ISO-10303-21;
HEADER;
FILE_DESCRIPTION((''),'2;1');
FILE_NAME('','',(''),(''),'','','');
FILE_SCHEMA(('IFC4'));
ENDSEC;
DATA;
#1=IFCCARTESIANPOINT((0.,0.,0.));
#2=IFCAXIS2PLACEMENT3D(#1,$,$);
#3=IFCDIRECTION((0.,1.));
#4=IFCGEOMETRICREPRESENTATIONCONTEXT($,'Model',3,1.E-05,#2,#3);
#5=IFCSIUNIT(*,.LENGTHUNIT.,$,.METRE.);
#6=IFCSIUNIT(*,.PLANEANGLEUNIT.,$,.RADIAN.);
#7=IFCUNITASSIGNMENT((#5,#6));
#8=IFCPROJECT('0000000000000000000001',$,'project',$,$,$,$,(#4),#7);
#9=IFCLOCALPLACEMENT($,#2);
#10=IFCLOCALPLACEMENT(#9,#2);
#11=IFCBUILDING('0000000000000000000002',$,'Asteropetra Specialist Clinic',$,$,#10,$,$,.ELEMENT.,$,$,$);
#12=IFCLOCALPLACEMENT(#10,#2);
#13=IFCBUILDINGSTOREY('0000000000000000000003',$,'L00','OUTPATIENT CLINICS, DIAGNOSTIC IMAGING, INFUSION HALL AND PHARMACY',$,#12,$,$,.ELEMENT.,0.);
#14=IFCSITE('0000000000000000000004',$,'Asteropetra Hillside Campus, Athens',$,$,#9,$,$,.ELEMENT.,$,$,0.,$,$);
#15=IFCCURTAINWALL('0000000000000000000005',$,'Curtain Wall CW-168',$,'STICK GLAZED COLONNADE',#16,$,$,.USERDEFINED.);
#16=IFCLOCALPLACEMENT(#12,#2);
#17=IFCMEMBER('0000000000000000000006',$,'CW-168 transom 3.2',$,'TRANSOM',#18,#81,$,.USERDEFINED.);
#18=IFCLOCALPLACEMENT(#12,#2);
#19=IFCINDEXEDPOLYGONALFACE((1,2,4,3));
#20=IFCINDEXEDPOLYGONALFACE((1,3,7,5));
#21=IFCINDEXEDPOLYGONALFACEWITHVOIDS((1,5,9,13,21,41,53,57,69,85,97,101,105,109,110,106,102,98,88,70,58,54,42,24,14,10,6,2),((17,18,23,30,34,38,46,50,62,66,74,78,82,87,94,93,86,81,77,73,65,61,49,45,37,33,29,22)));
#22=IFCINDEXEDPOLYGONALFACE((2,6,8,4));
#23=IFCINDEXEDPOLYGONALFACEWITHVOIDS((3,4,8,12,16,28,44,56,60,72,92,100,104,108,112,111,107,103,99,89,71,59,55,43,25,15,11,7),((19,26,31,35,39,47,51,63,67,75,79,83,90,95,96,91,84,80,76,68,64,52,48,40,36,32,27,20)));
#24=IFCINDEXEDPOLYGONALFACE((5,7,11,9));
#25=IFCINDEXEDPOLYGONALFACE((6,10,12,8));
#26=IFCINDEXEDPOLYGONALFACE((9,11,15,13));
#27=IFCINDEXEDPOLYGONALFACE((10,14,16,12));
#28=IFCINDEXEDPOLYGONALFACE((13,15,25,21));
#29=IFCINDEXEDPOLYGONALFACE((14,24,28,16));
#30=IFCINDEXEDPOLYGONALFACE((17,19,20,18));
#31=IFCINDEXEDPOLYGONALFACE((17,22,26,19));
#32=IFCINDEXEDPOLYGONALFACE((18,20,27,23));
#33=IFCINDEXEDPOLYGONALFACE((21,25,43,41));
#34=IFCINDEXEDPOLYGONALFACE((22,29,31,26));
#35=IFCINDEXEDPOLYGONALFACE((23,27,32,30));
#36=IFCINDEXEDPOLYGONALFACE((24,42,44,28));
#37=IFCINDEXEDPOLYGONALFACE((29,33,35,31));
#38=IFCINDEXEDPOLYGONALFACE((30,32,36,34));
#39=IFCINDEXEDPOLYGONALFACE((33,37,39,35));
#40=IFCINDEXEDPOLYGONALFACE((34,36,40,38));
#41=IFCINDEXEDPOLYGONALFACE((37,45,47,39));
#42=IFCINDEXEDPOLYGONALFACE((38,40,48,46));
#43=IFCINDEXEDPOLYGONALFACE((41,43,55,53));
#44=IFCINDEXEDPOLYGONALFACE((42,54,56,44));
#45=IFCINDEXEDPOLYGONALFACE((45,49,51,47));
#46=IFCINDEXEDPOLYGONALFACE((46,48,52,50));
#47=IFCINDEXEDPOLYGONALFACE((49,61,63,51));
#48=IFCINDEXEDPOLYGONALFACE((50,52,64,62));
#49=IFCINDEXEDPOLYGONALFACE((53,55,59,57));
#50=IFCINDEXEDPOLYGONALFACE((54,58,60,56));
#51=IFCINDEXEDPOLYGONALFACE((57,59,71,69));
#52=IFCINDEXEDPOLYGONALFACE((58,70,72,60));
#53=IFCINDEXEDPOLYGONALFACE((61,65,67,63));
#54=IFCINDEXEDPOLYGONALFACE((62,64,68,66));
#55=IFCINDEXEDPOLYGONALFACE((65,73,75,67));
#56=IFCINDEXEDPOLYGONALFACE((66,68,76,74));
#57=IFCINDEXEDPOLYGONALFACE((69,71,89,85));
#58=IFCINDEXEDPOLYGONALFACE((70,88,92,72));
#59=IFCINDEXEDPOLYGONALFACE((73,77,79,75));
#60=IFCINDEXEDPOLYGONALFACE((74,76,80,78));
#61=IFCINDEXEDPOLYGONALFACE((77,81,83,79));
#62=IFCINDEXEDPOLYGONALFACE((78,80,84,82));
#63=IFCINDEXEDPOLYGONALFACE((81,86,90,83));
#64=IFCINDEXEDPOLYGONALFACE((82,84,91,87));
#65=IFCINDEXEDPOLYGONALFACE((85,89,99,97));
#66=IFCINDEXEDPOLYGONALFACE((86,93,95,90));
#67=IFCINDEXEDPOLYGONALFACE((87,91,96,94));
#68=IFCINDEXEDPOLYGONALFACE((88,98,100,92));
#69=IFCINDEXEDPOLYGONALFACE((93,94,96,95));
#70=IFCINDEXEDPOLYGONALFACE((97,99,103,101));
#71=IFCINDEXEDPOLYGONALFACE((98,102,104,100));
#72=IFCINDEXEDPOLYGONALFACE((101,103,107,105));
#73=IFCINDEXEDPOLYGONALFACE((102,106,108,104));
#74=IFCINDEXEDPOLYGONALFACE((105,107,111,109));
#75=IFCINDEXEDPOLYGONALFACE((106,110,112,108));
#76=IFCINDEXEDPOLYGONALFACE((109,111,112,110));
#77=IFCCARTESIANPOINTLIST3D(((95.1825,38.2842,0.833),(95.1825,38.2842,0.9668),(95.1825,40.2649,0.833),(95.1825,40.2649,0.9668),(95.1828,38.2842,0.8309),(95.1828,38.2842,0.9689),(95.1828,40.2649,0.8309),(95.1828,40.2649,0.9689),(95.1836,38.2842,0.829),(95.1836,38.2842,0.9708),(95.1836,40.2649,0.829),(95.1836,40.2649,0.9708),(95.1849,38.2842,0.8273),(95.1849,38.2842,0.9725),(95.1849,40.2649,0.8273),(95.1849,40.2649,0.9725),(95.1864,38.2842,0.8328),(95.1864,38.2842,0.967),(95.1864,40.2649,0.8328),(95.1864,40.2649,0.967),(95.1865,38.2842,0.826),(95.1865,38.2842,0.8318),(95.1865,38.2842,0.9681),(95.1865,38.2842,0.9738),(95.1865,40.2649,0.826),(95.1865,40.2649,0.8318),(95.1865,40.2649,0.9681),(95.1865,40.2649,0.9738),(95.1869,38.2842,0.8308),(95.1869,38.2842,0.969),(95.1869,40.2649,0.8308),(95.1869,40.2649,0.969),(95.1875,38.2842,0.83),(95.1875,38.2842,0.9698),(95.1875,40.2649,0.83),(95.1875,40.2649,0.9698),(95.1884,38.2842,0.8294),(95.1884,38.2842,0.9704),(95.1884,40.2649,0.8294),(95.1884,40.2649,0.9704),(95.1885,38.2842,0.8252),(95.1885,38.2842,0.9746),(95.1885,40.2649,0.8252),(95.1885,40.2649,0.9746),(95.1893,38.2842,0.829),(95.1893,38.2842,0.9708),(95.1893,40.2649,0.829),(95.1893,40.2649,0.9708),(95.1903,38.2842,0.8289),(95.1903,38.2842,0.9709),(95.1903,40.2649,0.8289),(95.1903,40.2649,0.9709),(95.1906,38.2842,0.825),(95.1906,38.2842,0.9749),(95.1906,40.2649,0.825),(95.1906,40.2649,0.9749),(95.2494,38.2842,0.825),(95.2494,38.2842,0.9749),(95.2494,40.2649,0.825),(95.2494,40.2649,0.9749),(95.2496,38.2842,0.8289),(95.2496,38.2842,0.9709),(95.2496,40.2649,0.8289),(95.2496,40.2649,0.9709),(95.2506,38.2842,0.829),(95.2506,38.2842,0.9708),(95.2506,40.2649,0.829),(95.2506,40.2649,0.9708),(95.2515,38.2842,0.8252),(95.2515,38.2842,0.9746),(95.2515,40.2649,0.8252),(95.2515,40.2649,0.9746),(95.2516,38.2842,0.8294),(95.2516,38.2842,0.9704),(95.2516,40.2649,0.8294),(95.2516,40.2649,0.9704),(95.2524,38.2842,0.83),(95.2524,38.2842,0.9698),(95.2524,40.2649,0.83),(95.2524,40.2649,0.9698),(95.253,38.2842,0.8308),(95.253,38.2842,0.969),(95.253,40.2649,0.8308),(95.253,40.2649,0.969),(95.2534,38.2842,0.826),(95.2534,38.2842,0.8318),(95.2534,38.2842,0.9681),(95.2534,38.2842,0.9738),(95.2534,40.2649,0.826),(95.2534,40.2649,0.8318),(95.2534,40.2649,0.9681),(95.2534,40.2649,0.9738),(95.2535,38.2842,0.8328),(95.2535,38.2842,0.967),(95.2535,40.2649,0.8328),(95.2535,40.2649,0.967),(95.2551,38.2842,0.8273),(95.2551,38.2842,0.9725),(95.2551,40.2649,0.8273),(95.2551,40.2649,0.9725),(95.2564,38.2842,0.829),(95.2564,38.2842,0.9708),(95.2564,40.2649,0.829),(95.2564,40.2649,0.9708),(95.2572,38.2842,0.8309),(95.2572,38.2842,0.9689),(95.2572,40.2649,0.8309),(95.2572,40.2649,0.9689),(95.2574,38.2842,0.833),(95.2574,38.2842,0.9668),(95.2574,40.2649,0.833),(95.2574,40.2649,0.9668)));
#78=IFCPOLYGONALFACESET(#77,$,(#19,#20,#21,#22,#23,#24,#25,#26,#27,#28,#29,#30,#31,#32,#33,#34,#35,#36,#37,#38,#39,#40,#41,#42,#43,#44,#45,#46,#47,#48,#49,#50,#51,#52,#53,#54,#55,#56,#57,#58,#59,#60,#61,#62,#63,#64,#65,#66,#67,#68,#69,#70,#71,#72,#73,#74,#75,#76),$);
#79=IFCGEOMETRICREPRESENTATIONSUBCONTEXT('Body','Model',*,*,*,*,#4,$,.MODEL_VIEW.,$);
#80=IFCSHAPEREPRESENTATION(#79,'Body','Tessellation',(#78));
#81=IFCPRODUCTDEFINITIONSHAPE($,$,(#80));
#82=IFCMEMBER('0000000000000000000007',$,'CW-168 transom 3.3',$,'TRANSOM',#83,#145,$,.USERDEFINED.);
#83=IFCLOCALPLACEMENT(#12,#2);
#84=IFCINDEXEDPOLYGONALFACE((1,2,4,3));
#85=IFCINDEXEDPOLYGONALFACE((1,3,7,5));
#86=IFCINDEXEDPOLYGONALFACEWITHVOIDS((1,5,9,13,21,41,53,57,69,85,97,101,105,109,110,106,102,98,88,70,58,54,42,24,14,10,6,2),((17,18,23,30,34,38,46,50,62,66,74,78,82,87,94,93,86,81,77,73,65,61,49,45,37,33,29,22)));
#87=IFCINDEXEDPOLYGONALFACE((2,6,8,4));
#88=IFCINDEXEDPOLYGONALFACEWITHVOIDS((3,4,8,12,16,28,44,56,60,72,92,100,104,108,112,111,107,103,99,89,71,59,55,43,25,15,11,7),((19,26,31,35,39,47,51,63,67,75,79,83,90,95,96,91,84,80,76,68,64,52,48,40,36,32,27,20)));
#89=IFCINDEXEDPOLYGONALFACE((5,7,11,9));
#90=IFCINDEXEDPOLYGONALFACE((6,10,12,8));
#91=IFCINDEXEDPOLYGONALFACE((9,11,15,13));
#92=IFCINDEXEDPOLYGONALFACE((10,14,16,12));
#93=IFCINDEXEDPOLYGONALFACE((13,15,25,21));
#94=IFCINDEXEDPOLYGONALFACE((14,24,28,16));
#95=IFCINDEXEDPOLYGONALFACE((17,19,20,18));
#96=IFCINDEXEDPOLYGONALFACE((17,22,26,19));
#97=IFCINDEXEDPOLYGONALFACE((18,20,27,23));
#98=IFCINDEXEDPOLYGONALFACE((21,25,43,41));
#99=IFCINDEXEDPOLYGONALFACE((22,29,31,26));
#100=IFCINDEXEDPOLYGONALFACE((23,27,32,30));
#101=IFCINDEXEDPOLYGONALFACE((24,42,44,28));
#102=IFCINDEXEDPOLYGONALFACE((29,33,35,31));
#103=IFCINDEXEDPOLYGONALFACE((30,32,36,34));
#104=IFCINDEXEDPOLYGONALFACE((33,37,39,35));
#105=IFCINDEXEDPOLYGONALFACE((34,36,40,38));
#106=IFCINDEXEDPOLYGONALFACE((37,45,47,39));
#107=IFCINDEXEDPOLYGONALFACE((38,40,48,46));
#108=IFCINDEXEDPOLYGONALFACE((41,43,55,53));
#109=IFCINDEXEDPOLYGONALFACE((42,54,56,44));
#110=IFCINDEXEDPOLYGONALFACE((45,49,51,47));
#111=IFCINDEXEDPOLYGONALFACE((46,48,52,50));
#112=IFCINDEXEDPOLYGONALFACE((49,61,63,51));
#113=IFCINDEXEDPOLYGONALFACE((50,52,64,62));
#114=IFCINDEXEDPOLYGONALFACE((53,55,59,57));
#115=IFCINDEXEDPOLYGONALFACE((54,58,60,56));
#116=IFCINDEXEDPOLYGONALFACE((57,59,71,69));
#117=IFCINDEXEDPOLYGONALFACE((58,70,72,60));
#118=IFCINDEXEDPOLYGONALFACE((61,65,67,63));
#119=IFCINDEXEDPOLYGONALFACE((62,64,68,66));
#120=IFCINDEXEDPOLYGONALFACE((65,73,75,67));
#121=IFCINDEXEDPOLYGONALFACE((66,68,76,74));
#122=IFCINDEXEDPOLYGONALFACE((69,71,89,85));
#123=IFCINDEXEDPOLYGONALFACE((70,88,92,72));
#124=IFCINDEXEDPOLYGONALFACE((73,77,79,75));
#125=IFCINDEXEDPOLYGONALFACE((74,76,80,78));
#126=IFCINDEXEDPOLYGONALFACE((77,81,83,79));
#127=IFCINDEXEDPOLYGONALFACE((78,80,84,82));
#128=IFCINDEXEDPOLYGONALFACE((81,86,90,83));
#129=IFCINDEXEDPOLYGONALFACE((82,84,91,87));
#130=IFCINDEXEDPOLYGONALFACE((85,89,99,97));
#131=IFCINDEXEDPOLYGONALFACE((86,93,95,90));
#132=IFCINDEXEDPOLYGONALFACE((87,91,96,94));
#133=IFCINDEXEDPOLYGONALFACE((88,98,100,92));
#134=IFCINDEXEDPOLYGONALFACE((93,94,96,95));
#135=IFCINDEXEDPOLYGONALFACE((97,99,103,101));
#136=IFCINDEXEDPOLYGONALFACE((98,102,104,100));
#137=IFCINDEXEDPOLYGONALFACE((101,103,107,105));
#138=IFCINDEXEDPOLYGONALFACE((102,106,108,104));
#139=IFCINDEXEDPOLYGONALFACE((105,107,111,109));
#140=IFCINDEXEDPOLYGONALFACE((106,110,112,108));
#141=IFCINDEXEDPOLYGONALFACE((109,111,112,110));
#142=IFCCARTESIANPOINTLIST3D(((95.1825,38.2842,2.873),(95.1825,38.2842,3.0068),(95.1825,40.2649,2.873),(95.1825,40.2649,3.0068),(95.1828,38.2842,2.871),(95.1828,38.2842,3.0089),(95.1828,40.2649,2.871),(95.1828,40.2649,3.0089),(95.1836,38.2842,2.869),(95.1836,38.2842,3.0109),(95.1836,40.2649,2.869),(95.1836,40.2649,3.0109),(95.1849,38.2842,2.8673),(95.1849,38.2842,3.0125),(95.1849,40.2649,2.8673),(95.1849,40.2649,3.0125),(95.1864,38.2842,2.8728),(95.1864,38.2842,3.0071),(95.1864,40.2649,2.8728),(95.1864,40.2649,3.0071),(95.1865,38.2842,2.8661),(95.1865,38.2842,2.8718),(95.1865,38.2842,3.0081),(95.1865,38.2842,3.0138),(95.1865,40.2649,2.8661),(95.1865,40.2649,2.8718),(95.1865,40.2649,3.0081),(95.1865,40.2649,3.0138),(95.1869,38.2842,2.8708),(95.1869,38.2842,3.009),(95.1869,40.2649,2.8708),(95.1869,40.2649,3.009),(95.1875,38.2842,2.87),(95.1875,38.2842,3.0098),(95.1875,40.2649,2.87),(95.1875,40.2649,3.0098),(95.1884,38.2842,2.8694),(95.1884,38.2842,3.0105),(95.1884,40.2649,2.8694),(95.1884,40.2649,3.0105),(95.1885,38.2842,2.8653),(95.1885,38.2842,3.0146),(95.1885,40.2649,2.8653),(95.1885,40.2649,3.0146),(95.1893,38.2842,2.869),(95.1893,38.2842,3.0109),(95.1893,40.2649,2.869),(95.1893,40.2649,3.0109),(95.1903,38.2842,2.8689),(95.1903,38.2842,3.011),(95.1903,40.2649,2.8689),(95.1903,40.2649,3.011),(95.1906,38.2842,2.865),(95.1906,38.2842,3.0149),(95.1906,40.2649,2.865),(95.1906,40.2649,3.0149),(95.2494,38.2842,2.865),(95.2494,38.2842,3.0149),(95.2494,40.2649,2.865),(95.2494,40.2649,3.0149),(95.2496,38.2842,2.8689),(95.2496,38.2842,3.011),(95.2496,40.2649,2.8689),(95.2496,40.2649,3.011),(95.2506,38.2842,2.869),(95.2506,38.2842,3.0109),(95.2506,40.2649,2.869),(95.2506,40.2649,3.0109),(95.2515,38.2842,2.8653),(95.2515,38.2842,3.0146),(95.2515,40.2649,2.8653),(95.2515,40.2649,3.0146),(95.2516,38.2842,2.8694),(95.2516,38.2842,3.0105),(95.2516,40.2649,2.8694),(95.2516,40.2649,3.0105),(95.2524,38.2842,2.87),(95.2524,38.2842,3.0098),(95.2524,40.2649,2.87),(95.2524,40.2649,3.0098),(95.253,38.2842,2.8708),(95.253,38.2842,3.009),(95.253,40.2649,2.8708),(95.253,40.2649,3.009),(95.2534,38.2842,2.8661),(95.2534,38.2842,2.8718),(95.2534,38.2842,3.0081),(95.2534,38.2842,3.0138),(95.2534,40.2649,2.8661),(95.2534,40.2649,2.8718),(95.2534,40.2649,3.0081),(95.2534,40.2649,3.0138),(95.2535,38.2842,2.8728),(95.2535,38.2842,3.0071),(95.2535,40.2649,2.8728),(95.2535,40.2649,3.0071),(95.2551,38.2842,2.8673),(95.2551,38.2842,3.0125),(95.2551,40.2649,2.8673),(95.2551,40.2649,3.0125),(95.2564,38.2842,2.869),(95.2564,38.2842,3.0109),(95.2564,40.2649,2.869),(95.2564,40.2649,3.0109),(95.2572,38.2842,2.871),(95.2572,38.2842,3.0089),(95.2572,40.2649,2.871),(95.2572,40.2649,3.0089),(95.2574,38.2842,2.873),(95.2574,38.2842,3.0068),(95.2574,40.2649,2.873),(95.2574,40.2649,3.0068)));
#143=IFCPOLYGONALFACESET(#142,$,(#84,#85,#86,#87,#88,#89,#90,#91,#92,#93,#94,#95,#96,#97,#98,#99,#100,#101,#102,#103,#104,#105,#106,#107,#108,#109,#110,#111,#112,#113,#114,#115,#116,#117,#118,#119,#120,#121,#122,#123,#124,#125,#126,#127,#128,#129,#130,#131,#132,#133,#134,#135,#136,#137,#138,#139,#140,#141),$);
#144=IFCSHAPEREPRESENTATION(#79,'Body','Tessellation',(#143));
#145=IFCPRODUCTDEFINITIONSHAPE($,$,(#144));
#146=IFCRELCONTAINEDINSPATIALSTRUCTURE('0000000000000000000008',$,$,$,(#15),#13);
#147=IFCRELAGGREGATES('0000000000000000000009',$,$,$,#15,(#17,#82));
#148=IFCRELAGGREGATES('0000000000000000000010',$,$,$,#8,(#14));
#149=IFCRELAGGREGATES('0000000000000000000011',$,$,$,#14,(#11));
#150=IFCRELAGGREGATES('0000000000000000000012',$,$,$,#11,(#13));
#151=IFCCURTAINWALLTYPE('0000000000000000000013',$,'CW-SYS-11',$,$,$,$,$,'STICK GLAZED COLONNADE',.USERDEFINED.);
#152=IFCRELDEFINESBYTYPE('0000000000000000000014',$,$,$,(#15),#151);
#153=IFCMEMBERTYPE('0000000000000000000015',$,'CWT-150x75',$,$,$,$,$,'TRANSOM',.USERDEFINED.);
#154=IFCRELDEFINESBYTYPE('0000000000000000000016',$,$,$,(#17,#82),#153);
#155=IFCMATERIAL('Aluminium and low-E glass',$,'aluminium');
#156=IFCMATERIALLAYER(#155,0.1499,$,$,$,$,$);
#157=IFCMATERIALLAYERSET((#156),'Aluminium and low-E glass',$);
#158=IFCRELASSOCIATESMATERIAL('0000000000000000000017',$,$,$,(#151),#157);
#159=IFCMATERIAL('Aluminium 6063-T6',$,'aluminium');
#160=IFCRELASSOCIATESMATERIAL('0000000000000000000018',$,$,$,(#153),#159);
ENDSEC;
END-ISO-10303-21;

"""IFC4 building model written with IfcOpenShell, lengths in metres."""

from ifc_helpers import new_model, si_unit, direction, frame, origin, origin_2d, place, context, subcontext, project, spatial, hollow_rectangle, extrude, material, layer, layer_set, material_profile, profile_set, type_object, element, aggregate, save


model = new_model("IFC4")

# Units and contexts
model_context = context("Model", 3, precision=1e-05, world=origin(), true_north=direction((0.0, 1.0)))
body_context = subcontext(model_context, "Body", "Model", "MODEL_VIEW")
ifc_project = project(units=[si_unit("LENGTHUNIT", "METRE"), si_unit("PLANEANGLEUNIT", "RADIAN")], contexts=[model_context])

# Site, building, storey
site_placement = place(None, origin())
site = spatial("IfcSite", under=ifc_project, at=site_placement, Name="Asteropetra Hillside Campus, Athens", CompositionType="ELEMENT", RefElevation=0.0)
building_placement = place(site_placement, origin())
building = spatial("IfcBuilding", under=site, at=building_placement, Name="Asteropetra Specialist Clinic", CompositionType="ELEMENT")
storey_placement = place(building_placement, origin())
storey = spatial("IfcBuildingStorey", under=building, at=storey_placement, Name="L00", Description="OUTPATIENT CLINICS, DIAGNOSTIC IMAGING, INFUSION HALL AND PHARMACY", CompositionType="ELEMENT", Elevation=0.0)

# Curtain wall
ifc_material_1 = material(Name="Aluminium and low-E glass", Category="aluminium")
ifc_layer_1 = layer(ifc_material_1, 0.1499)
ifc_layer_set_1 = layer_set([ifc_layer_1], Name="Aluminium and low-E glass")
curtain_wall_type_1 = type_object("IfcCurtainWallType", Name="CW-SYS-11", ElementType="STICK GLAZED COLONNADE", PredefinedType="USERDEFINED", material=ifc_layer_set_1)
curtain_wall_1_placement = place(storey_placement, origin())
curtain_wall_1 = element("IfcCurtainWall", 1, at=curtain_wall_1_placement, inside=storey, type_object=curtain_wall_type_1, Name="Curtain Wall CW-168", ObjectType="STICK GLAZED COLONNADE", PredefinedType="USERDEFINED")

# Members
ifc_material_2 = material(Name="Aluminium 6063-T6", Category="aluminium")
ifc_material_profile_1 = material_profile(ifc_material_2, hollow_rectangle(XDim=0.075, YDim=0.1499, WallThickness=0.0039, InnerFilletRadius=0.0039, OuterFilletRadius=0.0081, at=origin_2d()), Name="TRN 150x75x4.0")
ifc_profile_set_1 = profile_set([ifc_material_profile_1], Name="Aluminium 6063-T6")
member_type_1 = type_object("IfcMemberType", Name="CWT-150x75", ElementType="TRANSOM", PredefinedType="USERDEFINED", material=ifc_profile_set_1)
member_1_placement = place(storey_placement, frame((95.22, 38.2842, 0.8999), z_axis=(0.0, 1.0, 0.0), x_axis=(-1.0, 0.0, 0.0)))
member_1 = element("IfcMember", 2, at=member_1_placement, type_object=member_type_1, Name="CW-168 transom 3.2", ObjectType="TRANSOM", PredefinedType="USERDEFINED", context=body_context, shape_type="SweptSolid", body=[
    extrude(hollow_rectangle(XDim=0.075, YDim=0.1499, WallThickness=0.0039, InnerFilletRadius=0.0039, OuterFilletRadius=0.0081, at=origin_2d()), origin(), (0.0, 0.0, 1.0), 1.9807),
])
member_2_placement = place(storey_placement, frame((95.22, 38.2842, 2.9399), z_axis=(0.0, 1.0, 0.0), x_axis=(-1.0, 0.0, 0.0)))
member_2 = element("IfcMember", 3, at=member_2_placement, type_object=member_type_1, Name="CW-168 transom 3.3", ObjectType="TRANSOM", PredefinedType="USERDEFINED", context=body_context, shape_type="SweptSolid", body=[
    extrude(hollow_rectangle(XDim=0.075, YDim=0.1499, WallThickness=0.0039, InnerFilletRadius=0.0039, OuterFilletRadius=0.0081, at=origin_2d()), origin(), (0.0, 0.0, 1.0), 1.9807),
])

aggregate(curtain_wall_1, [member_1, member_2])

save(model, "model.ifc")
